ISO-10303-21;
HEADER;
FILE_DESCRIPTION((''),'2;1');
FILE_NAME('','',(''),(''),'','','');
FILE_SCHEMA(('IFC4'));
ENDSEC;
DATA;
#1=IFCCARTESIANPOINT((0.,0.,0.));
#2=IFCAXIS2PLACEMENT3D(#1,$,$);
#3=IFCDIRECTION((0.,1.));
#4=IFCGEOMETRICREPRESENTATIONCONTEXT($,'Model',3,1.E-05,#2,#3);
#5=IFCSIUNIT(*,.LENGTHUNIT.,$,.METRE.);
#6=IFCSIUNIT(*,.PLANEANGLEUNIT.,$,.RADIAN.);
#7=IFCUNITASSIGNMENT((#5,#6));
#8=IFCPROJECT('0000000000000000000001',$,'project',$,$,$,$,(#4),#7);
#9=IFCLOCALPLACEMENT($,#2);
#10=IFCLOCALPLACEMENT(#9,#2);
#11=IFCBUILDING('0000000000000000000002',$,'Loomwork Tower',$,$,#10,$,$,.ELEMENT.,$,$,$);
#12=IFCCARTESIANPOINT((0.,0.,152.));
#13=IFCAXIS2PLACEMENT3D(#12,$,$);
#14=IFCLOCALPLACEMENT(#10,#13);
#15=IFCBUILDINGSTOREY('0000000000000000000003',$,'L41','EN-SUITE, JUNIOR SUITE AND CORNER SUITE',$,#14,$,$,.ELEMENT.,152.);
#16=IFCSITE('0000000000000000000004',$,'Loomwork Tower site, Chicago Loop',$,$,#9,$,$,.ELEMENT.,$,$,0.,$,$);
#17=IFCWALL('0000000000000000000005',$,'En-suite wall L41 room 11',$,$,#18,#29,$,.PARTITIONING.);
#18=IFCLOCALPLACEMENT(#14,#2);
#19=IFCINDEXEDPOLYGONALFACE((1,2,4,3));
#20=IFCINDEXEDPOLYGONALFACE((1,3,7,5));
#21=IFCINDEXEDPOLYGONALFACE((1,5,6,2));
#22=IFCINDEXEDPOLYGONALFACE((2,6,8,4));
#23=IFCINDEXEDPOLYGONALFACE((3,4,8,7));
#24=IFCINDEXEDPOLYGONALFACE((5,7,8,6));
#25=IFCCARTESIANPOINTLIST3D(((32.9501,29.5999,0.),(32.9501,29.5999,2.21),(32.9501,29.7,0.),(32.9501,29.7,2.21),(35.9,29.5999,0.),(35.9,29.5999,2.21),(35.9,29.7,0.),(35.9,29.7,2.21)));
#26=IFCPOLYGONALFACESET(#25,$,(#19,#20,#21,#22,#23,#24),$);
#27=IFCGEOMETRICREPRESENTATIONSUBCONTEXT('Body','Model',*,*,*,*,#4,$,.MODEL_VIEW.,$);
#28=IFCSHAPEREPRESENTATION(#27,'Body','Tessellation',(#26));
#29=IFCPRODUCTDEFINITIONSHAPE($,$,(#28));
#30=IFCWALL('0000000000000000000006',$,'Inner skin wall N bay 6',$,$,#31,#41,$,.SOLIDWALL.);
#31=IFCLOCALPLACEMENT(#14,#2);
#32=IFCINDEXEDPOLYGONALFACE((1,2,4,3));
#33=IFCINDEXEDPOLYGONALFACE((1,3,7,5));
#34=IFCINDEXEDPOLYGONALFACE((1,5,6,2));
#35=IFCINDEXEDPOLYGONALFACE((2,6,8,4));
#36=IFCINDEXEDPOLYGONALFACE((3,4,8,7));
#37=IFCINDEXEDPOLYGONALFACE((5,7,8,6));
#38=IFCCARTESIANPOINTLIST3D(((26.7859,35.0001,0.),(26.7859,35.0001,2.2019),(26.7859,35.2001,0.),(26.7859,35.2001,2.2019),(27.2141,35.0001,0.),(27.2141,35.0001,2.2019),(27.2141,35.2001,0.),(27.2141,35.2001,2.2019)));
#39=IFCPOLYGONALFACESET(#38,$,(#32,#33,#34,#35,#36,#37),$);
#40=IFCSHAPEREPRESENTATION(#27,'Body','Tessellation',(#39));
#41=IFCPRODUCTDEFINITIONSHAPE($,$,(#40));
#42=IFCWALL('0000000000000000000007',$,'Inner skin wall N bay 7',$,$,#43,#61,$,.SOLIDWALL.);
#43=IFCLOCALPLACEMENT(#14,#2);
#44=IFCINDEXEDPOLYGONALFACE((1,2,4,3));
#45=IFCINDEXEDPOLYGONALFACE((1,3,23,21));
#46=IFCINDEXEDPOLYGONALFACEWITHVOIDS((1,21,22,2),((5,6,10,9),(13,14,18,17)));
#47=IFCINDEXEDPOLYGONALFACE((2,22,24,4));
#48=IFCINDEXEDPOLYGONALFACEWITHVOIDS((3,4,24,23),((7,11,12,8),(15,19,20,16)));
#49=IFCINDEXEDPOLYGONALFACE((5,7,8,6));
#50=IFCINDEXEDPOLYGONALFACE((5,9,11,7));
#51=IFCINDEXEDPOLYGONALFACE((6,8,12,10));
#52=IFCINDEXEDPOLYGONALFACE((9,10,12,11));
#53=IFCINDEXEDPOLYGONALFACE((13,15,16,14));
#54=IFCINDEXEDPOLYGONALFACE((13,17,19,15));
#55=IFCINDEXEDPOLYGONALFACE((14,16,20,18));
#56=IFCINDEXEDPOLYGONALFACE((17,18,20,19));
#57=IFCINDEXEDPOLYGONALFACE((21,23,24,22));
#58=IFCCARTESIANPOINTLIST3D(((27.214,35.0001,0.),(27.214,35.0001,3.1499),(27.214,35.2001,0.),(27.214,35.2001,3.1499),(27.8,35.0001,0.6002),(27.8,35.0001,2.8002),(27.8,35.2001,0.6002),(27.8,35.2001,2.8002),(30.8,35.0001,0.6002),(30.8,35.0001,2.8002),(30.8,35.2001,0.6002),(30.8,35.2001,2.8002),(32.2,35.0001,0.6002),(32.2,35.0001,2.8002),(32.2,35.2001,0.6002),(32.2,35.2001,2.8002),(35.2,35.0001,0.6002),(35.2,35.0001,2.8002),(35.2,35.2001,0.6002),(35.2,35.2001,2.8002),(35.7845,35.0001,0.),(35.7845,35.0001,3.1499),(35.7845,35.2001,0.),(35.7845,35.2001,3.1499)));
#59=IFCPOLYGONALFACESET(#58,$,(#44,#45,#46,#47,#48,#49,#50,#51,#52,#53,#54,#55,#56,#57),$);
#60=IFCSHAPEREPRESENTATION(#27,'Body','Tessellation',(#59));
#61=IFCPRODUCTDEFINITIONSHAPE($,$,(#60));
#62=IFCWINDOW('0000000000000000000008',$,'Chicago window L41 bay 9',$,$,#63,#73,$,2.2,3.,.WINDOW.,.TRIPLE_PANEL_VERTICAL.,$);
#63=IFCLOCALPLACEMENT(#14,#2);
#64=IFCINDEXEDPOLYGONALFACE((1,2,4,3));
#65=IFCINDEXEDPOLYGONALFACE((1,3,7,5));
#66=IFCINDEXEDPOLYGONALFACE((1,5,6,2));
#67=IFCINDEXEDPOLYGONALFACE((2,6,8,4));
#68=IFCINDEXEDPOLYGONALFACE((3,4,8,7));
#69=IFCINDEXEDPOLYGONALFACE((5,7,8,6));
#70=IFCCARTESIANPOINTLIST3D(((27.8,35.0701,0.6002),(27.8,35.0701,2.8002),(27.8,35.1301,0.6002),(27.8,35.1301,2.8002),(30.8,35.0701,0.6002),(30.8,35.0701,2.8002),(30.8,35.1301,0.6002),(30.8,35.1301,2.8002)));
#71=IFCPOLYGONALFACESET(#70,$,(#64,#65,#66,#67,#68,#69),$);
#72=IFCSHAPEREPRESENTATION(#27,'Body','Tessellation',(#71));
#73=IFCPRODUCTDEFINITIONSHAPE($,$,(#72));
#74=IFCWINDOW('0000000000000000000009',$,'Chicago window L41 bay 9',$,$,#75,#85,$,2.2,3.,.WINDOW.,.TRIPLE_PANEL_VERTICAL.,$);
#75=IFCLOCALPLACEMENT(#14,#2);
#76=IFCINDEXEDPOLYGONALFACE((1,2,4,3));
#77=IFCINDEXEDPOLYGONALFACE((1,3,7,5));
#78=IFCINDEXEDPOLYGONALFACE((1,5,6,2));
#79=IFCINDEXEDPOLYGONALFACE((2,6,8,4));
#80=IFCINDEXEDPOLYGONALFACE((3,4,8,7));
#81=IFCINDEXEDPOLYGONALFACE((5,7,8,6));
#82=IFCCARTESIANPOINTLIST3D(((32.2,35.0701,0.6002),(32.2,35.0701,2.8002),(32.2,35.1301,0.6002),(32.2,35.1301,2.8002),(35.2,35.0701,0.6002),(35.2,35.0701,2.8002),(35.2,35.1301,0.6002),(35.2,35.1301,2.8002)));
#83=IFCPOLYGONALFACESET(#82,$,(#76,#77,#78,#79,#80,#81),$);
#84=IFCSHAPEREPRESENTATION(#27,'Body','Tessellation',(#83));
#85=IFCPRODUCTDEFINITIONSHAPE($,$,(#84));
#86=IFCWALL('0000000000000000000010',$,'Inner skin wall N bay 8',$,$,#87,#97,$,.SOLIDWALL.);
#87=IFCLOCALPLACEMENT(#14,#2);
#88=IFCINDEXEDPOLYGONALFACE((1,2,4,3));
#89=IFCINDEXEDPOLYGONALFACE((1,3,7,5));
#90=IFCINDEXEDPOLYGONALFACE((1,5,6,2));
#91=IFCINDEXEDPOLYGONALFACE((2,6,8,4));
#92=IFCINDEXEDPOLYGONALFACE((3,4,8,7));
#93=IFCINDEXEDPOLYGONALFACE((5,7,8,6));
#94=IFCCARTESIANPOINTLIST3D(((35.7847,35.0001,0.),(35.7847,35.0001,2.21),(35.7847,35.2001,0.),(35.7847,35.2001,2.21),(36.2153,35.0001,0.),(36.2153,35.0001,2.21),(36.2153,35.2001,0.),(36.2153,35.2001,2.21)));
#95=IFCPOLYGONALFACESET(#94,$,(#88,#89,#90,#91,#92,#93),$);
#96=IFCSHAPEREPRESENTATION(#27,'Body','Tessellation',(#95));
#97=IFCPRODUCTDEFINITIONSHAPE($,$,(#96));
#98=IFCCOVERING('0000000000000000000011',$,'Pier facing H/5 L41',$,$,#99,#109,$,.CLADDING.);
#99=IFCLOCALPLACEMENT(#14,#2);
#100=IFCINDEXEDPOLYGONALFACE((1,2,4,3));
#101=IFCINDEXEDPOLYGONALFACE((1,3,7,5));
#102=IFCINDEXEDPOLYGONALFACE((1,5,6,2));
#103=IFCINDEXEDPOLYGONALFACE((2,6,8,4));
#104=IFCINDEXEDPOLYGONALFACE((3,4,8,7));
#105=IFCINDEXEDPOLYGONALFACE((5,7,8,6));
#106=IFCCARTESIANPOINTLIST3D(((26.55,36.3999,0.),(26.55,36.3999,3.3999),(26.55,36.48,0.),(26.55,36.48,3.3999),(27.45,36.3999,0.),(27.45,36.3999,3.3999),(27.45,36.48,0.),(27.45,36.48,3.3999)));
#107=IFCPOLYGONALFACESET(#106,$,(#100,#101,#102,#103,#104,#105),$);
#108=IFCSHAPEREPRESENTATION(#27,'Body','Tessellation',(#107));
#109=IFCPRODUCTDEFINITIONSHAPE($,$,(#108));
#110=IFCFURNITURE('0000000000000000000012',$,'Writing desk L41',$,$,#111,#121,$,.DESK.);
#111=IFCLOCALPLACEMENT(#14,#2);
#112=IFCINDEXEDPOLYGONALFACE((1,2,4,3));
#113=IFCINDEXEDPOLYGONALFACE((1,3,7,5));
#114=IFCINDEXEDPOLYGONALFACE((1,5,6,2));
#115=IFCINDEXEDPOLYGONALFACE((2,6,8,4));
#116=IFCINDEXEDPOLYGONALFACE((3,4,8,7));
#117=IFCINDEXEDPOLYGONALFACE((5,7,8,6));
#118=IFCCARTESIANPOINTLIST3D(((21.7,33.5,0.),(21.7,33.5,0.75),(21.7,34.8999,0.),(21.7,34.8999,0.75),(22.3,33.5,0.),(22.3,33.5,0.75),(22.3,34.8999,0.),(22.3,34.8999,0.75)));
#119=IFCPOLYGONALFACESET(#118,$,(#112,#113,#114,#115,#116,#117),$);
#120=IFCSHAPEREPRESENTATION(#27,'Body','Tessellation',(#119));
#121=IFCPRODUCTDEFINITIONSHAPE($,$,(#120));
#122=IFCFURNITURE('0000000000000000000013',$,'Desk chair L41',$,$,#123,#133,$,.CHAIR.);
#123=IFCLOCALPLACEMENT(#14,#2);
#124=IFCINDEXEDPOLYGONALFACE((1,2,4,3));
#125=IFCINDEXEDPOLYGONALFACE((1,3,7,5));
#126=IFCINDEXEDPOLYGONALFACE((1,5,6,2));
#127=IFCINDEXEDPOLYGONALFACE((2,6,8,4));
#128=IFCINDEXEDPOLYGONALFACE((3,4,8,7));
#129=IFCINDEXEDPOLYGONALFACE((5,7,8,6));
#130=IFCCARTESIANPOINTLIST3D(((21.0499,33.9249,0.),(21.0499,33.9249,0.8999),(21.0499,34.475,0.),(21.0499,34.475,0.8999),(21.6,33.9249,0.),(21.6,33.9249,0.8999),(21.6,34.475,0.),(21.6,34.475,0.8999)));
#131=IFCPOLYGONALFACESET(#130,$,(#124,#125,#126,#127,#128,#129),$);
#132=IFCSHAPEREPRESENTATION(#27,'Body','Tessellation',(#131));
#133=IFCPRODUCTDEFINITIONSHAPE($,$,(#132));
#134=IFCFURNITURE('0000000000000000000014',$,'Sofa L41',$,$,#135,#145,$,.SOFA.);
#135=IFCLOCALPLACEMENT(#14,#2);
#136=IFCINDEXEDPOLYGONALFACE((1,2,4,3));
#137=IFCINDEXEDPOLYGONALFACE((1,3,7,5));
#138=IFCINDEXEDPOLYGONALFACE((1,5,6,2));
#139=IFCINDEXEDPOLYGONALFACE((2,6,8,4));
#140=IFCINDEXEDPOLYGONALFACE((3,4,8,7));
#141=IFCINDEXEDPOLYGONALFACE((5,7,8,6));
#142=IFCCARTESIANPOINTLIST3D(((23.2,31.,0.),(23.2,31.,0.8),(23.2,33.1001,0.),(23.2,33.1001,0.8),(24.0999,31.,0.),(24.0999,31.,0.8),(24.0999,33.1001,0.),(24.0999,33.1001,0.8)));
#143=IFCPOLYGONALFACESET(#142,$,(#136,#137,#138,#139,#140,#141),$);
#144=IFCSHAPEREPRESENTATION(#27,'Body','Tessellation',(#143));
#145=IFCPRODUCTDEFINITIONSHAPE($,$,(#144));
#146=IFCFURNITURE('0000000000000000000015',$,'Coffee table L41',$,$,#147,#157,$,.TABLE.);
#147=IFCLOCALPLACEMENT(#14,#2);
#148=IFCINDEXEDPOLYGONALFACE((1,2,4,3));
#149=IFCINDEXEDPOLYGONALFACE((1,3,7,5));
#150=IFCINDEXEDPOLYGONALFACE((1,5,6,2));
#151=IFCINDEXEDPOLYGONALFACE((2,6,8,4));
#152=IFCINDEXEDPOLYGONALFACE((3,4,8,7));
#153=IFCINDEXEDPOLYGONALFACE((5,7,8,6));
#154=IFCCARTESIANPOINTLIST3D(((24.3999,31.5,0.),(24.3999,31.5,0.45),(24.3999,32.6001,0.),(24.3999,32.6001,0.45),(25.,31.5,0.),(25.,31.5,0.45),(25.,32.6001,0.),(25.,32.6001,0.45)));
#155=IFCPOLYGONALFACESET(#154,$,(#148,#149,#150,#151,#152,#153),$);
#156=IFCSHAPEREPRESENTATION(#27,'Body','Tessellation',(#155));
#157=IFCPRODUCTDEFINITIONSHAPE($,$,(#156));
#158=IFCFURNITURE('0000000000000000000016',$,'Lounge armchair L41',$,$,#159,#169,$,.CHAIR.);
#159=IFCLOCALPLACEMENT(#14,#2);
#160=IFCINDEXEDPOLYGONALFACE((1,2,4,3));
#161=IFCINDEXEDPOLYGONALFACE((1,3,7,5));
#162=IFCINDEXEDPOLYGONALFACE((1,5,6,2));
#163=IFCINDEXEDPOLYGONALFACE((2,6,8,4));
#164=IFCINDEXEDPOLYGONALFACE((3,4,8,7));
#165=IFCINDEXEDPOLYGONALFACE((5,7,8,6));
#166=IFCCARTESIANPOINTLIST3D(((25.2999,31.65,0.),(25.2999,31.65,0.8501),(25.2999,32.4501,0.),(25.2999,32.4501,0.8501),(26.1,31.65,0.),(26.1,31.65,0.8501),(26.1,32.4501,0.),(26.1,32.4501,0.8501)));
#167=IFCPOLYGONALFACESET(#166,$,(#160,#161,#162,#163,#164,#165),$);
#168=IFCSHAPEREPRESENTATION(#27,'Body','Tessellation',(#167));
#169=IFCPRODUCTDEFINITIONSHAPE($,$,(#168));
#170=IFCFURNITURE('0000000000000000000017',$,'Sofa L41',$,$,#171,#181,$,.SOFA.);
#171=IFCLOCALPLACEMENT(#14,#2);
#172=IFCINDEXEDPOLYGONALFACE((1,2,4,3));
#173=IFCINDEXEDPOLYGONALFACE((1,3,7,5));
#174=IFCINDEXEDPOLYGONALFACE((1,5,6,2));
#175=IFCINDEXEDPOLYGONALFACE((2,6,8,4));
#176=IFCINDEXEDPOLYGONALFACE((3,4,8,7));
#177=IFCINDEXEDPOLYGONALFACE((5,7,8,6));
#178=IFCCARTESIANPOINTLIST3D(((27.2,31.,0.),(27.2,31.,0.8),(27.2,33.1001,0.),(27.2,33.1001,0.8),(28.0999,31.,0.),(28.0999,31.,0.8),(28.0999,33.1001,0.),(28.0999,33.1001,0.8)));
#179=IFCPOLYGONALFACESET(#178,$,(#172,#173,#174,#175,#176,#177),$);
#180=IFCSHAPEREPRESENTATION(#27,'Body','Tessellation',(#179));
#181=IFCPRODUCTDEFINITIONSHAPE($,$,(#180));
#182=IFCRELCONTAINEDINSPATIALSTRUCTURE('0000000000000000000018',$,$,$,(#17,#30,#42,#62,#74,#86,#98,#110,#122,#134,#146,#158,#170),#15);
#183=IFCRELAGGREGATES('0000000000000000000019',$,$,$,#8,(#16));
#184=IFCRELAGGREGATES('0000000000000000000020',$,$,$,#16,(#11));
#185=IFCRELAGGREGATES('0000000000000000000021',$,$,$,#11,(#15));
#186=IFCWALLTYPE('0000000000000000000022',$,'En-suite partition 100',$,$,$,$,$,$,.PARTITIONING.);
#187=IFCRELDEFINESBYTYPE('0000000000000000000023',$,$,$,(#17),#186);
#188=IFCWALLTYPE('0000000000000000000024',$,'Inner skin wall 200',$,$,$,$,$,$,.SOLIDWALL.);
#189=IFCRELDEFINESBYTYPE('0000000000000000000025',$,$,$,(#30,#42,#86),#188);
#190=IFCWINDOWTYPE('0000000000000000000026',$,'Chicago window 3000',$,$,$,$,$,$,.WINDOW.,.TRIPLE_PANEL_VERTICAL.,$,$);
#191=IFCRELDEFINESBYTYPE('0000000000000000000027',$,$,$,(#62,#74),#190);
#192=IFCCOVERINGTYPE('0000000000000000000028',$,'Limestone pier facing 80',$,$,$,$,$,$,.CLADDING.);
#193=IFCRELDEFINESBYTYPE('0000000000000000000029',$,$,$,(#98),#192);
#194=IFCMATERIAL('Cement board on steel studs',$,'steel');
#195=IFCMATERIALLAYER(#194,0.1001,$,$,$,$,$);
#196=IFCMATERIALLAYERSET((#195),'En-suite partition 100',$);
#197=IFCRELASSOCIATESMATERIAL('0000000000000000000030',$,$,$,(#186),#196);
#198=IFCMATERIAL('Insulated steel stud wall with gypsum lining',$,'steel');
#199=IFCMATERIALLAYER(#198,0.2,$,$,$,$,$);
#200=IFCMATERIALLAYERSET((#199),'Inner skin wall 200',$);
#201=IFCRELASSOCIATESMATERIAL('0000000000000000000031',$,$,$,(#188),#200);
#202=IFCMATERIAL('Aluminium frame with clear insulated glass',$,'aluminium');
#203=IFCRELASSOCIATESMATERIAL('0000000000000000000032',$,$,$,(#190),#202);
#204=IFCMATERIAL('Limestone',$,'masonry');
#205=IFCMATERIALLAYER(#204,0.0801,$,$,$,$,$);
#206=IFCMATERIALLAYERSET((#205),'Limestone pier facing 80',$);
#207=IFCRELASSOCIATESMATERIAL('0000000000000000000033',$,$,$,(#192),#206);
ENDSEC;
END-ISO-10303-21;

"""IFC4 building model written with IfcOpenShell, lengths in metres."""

from ifc_helpers import new_model, si_unit, direction, frame, frame_2d, origin, origin_2d, place, context, subcontext, project, spatial, rectangle, extrude, material, layer, layer_set, type_object, element, fill, save


model = new_model("IFC4")

# Units and contexts
model_context = context("Model", 3, precision=1e-05, world=origin(), true_north=direction((0.0, 1.0)))
body_context = subcontext(model_context, "Body", "Model", "MODEL_VIEW")
ifc_project = project(units=[si_unit("LENGTHUNIT", "METRE"), si_unit("PLANEANGLEUNIT", "RADIAN")], contexts=[model_context])

# Site, building, storey
site_placement = place(None, origin())
site = spatial("IfcSite", under=ifc_project, at=site_placement, Name="Loomwork Tower site, Chicago Loop", CompositionType="ELEMENT", RefElevation=0.0)
building_placement = place(site_placement, origin())
building = spatial("IfcBuilding", under=site, at=building_placement, Name="Loomwork Tower", CompositionType="ELEMENT")
storey_placement = place(building_placement, frame((0.0, 0.0, 152.0)))
storey = spatial("IfcBuildingStorey", under=building, at=storey_placement, Name="L41", Description="EN-SUITE, JUNIOR SUITE AND CORNER SUITE", CompositionType="ELEMENT", Elevation=152.0)

# Walls
ifc_material_1 = material(Name="Cement board on steel studs", Category="steel")
ifc_layer_1 = layer(ifc_material_1, 0.1001)
ifc_layer_set_1 = layer_set([ifc_layer_1], Name="En-suite partition 100")
wall_type_1 = type_object("IfcWallType", Name="En-suite partition 100", PredefinedType="PARTITIONING", material=ifc_layer_set_1)
wall_1_placement = place(storey_placement, frame((32.95, 29.6499, 0.0), z_axis=(0.0, 0.0, 1.0), x_axis=(1.0, 0.0, 0.0)))
element("IfcWall", 1, at=wall_1_placement, inside=storey, type_object=wall_type_1, Name="En-suite wall L41 room 11", PredefinedType="PARTITIONING", context=body_context, shape_type="SweptSolid", body=[
    extrude(rectangle(XDim=2.95, YDim=0.1001, at=frame_2d((1.4751, 0.0))), origin(), (0.0, 0.0, 1.0), 2.21),
])
ifc_material_2 = material(Name="Insulated steel stud wall with gypsum lining", Category="steel")
ifc_layer_2 = layer(ifc_material_2, 0.2)
ifc_layer_set_2 = layer_set([ifc_layer_2], Name="Inner skin wall 200")
wall_type_2 = type_object("IfcWallType", Name="Inner skin wall 200", PredefinedType="SOLIDWALL", material=ifc_layer_set_2)
wall_2_placement = place(storey_placement, frame((26.7859, 35.1001, 0.0), z_axis=(0.0, 0.0, 1.0), x_axis=(1.0, 0.0, 0.0)))
element("IfcWall", 2, at=wall_2_placement, inside=storey, type_object=wall_type_2, Name="Inner skin wall N bay 6", PredefinedType="SOLIDWALL", context=body_context, shape_type="SweptSolid", body=[
    extrude(rectangle(XDim=0.4282, YDim=0.2, at=frame_2d((0.2141, 0.0))), origin(), (0.0, 0.0, 1.0), 2.2019),
])

# Wall, openings, windows
wall_3_placement = place(storey_placement, frame((27.2141, 35.1001, 0.0), z_axis=(0.0, 0.0, 1.0), x_axis=(1.0, 0.0, 0.0)))
wall_3 = element("IfcWall", 3, at=wall_3_placement, inside=storey, type_object=wall_type_2, Name="Inner skin wall N bay 7", PredefinedType="SOLIDWALL", context=body_context, shape_type="SweptSolid", body=[
    extrude(rectangle(XDim=8.5706, YDim=0.2, at=frame_2d((4.2852, 0.0))), origin(), (0.0, 0.0, 1.0), 3.1499),
])
opening_1_placement = place(wall_3_placement, frame((0.5859, 0.0, 0.6001)))
opening_1 = element("IfcOpeningElement", 4, at=opening_1_placement, cuts=wall_3, PredefinedType="OPENING", context=body_context, shape_type="SweptSolid", body=[
    extrude(rectangle(XDim=3.0, YDim=2.2, at=frame_2d((1.5, 1.1001))), frame((0.0, 0.1099, 0.0), z_axis=(0.0, -1.0, 0.0), x_axis=(1.0, 0.0, 0.0)), (0.0, 0.0, 1.0), 0.22),
])
opening_2_placement = place(wall_3_placement, frame((4.9858, 0.0, 0.6001)))
opening_2 = element("IfcOpeningElement", 5, at=opening_2_placement, cuts=wall_3, PredefinedType="OPENING", context=body_context, shape_type="SweptSolid", body=[
    extrude(rectangle(XDim=3.0, YDim=2.2, at=frame_2d((1.5, 1.1001))), frame((0.0, 0.1099, 0.0), z_axis=(0.0, -1.0, 0.0), x_axis=(1.0, 0.0, 0.0)), (0.0, 0.0, 1.0), 0.22),
])
ifc_material_3 = material(Name="Aluminium frame with clear insulated glass", Category="aluminium")
window_type = type_object("IfcWindowType", Name="Chicago window 3000", PartitioningType="TRIPLE_PANEL_VERTICAL", PredefinedType="WINDOW", material=ifc_material_3)
window_1_placement = place(opening_1_placement, origin())
window_1 = element("IfcWindow", 6, at=window_1_placement, inside=storey, type_object=window_type, Name="Chicago window L41 bay 9", OverallHeight=2.2, OverallWidth=3.0, PartitioningType="TRIPLE_PANEL_VERTICAL", PredefinedType="WINDOW", context=body_context, shape_type="SweptSolid", body=[
    extrude(rectangle(XDim=3.0, YDim=2.2, at=frame_2d((1.5, 1.1001))), frame((0.0, 0.03, 0.0), z_axis=(0.0, -1.0, 0.0), x_axis=(1.0, 0.0, 0.0)), (0.0, 0.0, 1.0), 0.0601),
])
fill(opening_1, window_1)
window_2_placement = place(opening_2_placement, origin())
window_2 = element("IfcWindow", 7, at=window_2_placement, inside=storey, type_object=window_type, Name="Chicago window L41 bay 9", OverallHeight=2.2, OverallWidth=3.0, PartitioningType="TRIPLE_PANEL_VERTICAL", PredefinedType="WINDOW", context=body_context, shape_type="SweptSolid", body=[
    extrude(rectangle(XDim=3.0, YDim=2.2, at=frame_2d((1.5, 1.1001))), frame((0.0, 0.03, 0.0), z_axis=(0.0, -1.0, 0.0), x_axis=(1.0, 0.0, 0.0)), (0.0, 0.0, 1.0), 0.0601),
])
fill(opening_2, window_2)

# Wall
wall_4_placement = place(storey_placement, frame((35.7847, 35.1001, 0.0), z_axis=(0.0, 0.0, 1.0), x_axis=(1.0, 0.0, 0.0)))
element("IfcWall", 8, at=wall_4_placement, inside=storey, type_object=wall_type_2, Name="Inner skin wall N bay 8", PredefinedType="SOLIDWALL", context=body_context, shape_type="SweptSolid", body=[
    extrude(rectangle(XDim=0.4307, YDim=0.2, at=frame_2d((0.2153, 0.0))), origin(), (0.0, 0.0, 1.0), 2.21),
])

# Covering
ifc_material_4 = material(Name="Limestone", Category="masonry")
ifc_layer_3 = layer(ifc_material_4, 0.0801)
ifc_layer_set_3 = layer_set([ifc_layer_3], Name="Limestone pier facing 80")
covering_type = type_object("IfcCoveringType", Name="Limestone pier facing 80", PredefinedType="CLADDING", material=ifc_layer_set_3)
covering_placement = place(storey_placement, frame((27.0, 36.4399, 0.0), z_axis=(0.0, 0.0, 1.0), x_axis=(1.0, 0.0, 0.0)))
element("IfcCovering", 9, at=covering_placement, inside=storey, type_object=covering_type, Name="Pier facing H/5 L41", PredefinedType="CLADDING", context=body_context, shape_type="SweptSolid", body=[
    extrude(rectangle(XDim=0.8999, YDim=0.0801, at=origin_2d()), origin(), (0.0, 0.0, 1.0), 3.3999),
])

# Furniture
furniture_1_placement = place(storey_placement, frame((22.0, 34.2, 0.0), z_axis=(0.0, 0.0, 1.0), x_axis=(1.0, 0.0, 0.0)))
element("IfcFurniture", 10, at=furniture_1_placement, inside=storey, Name="Writing desk L41", PredefinedType="DESK", context=body_context, shape_type="SweptSolid", body=[
    extrude(rectangle(XDim=0.6001, YDim=1.3999, at=origin_2d()), origin(), (0.0, 0.0, 1.0), 0.75),
])
furniture_2_placement = place(storey_placement, frame((21.325, 34.2, 0.0), z_axis=(0.0, 0.0, 1.0), x_axis=(1.0, 0.0, 0.0)))
element("IfcFurniture", 11, at=furniture_2_placement, inside=storey, Name="Desk chair L41", PredefinedType="CHAIR", context=body_context, shape_type="SweptSolid", body=[
    extrude(rectangle(XDim=0.55, YDim=0.55, at=origin_2d()), origin(), (0.0, 0.0, 1.0), 0.8999),
])
furniture_3_placement = place(storey_placement, frame((23.6499, 32.05, 0.0), z_axis=(0.0, 0.0, 1.0), x_axis=(1.0, 0.0, 0.0)))
element("IfcFurniture", 12, at=furniture_3_placement, inside=storey, Name="Sofa L41", PredefinedType="SOFA", context=body_context, shape_type="SweptSolid", body=[
    extrude(rectangle(XDim=0.8999, YDim=2.1001, at=origin_2d()), origin(), (0.0, 0.0, 1.0), 0.8),
])
furniture_4_placement = place(storey_placement, frame((24.7, 32.05, 0.0), z_axis=(0.0, 0.0, 1.0), x_axis=(1.0, 0.0, 0.0)))
element("IfcFurniture", 13, at=furniture_4_placement, inside=storey, Name="Coffee table L41", PredefinedType="TABLE", context=body_context, shape_type="SweptSolid", body=[
    extrude(rectangle(XDim=0.6001, YDim=1.1001, at=origin_2d()), origin(), (0.0, 0.0, 1.0), 0.45),
])
furniture_5_placement = place(storey_placement, frame((25.7, 32.05, 0.0), z_axis=(0.0, 0.0, 1.0), x_axis=(1.0, 0.0, 0.0)))
element("IfcFurniture", 14, at=furniture_5_placement, inside=storey, Name="Lounge armchair L41", PredefinedType="CHAIR", context=body_context, shape_type="SweptSolid", body=[
    extrude(rectangle(XDim=0.8, YDim=0.8, at=origin_2d()), origin(), (0.0, 0.0, 1.0), 0.8501),
])
furniture_6_placement = place(storey_placement, frame((27.6499, 32.05, 0.0), z_axis=(0.0, 0.0, 1.0), x_axis=(1.0, 0.0, 0.0)))
element("IfcFurniture", 15, at=furniture_6_placement, inside=storey, Name="Sofa L41", PredefinedType="SOFA", context=body_context, shape_type="SweptSolid", body=[
    extrude(rectangle(XDim=0.8999, YDim=2.1001, at=origin_2d()), origin(), (0.0, 0.0, 1.0), 0.8),
])

save(model, "model.ifc")
